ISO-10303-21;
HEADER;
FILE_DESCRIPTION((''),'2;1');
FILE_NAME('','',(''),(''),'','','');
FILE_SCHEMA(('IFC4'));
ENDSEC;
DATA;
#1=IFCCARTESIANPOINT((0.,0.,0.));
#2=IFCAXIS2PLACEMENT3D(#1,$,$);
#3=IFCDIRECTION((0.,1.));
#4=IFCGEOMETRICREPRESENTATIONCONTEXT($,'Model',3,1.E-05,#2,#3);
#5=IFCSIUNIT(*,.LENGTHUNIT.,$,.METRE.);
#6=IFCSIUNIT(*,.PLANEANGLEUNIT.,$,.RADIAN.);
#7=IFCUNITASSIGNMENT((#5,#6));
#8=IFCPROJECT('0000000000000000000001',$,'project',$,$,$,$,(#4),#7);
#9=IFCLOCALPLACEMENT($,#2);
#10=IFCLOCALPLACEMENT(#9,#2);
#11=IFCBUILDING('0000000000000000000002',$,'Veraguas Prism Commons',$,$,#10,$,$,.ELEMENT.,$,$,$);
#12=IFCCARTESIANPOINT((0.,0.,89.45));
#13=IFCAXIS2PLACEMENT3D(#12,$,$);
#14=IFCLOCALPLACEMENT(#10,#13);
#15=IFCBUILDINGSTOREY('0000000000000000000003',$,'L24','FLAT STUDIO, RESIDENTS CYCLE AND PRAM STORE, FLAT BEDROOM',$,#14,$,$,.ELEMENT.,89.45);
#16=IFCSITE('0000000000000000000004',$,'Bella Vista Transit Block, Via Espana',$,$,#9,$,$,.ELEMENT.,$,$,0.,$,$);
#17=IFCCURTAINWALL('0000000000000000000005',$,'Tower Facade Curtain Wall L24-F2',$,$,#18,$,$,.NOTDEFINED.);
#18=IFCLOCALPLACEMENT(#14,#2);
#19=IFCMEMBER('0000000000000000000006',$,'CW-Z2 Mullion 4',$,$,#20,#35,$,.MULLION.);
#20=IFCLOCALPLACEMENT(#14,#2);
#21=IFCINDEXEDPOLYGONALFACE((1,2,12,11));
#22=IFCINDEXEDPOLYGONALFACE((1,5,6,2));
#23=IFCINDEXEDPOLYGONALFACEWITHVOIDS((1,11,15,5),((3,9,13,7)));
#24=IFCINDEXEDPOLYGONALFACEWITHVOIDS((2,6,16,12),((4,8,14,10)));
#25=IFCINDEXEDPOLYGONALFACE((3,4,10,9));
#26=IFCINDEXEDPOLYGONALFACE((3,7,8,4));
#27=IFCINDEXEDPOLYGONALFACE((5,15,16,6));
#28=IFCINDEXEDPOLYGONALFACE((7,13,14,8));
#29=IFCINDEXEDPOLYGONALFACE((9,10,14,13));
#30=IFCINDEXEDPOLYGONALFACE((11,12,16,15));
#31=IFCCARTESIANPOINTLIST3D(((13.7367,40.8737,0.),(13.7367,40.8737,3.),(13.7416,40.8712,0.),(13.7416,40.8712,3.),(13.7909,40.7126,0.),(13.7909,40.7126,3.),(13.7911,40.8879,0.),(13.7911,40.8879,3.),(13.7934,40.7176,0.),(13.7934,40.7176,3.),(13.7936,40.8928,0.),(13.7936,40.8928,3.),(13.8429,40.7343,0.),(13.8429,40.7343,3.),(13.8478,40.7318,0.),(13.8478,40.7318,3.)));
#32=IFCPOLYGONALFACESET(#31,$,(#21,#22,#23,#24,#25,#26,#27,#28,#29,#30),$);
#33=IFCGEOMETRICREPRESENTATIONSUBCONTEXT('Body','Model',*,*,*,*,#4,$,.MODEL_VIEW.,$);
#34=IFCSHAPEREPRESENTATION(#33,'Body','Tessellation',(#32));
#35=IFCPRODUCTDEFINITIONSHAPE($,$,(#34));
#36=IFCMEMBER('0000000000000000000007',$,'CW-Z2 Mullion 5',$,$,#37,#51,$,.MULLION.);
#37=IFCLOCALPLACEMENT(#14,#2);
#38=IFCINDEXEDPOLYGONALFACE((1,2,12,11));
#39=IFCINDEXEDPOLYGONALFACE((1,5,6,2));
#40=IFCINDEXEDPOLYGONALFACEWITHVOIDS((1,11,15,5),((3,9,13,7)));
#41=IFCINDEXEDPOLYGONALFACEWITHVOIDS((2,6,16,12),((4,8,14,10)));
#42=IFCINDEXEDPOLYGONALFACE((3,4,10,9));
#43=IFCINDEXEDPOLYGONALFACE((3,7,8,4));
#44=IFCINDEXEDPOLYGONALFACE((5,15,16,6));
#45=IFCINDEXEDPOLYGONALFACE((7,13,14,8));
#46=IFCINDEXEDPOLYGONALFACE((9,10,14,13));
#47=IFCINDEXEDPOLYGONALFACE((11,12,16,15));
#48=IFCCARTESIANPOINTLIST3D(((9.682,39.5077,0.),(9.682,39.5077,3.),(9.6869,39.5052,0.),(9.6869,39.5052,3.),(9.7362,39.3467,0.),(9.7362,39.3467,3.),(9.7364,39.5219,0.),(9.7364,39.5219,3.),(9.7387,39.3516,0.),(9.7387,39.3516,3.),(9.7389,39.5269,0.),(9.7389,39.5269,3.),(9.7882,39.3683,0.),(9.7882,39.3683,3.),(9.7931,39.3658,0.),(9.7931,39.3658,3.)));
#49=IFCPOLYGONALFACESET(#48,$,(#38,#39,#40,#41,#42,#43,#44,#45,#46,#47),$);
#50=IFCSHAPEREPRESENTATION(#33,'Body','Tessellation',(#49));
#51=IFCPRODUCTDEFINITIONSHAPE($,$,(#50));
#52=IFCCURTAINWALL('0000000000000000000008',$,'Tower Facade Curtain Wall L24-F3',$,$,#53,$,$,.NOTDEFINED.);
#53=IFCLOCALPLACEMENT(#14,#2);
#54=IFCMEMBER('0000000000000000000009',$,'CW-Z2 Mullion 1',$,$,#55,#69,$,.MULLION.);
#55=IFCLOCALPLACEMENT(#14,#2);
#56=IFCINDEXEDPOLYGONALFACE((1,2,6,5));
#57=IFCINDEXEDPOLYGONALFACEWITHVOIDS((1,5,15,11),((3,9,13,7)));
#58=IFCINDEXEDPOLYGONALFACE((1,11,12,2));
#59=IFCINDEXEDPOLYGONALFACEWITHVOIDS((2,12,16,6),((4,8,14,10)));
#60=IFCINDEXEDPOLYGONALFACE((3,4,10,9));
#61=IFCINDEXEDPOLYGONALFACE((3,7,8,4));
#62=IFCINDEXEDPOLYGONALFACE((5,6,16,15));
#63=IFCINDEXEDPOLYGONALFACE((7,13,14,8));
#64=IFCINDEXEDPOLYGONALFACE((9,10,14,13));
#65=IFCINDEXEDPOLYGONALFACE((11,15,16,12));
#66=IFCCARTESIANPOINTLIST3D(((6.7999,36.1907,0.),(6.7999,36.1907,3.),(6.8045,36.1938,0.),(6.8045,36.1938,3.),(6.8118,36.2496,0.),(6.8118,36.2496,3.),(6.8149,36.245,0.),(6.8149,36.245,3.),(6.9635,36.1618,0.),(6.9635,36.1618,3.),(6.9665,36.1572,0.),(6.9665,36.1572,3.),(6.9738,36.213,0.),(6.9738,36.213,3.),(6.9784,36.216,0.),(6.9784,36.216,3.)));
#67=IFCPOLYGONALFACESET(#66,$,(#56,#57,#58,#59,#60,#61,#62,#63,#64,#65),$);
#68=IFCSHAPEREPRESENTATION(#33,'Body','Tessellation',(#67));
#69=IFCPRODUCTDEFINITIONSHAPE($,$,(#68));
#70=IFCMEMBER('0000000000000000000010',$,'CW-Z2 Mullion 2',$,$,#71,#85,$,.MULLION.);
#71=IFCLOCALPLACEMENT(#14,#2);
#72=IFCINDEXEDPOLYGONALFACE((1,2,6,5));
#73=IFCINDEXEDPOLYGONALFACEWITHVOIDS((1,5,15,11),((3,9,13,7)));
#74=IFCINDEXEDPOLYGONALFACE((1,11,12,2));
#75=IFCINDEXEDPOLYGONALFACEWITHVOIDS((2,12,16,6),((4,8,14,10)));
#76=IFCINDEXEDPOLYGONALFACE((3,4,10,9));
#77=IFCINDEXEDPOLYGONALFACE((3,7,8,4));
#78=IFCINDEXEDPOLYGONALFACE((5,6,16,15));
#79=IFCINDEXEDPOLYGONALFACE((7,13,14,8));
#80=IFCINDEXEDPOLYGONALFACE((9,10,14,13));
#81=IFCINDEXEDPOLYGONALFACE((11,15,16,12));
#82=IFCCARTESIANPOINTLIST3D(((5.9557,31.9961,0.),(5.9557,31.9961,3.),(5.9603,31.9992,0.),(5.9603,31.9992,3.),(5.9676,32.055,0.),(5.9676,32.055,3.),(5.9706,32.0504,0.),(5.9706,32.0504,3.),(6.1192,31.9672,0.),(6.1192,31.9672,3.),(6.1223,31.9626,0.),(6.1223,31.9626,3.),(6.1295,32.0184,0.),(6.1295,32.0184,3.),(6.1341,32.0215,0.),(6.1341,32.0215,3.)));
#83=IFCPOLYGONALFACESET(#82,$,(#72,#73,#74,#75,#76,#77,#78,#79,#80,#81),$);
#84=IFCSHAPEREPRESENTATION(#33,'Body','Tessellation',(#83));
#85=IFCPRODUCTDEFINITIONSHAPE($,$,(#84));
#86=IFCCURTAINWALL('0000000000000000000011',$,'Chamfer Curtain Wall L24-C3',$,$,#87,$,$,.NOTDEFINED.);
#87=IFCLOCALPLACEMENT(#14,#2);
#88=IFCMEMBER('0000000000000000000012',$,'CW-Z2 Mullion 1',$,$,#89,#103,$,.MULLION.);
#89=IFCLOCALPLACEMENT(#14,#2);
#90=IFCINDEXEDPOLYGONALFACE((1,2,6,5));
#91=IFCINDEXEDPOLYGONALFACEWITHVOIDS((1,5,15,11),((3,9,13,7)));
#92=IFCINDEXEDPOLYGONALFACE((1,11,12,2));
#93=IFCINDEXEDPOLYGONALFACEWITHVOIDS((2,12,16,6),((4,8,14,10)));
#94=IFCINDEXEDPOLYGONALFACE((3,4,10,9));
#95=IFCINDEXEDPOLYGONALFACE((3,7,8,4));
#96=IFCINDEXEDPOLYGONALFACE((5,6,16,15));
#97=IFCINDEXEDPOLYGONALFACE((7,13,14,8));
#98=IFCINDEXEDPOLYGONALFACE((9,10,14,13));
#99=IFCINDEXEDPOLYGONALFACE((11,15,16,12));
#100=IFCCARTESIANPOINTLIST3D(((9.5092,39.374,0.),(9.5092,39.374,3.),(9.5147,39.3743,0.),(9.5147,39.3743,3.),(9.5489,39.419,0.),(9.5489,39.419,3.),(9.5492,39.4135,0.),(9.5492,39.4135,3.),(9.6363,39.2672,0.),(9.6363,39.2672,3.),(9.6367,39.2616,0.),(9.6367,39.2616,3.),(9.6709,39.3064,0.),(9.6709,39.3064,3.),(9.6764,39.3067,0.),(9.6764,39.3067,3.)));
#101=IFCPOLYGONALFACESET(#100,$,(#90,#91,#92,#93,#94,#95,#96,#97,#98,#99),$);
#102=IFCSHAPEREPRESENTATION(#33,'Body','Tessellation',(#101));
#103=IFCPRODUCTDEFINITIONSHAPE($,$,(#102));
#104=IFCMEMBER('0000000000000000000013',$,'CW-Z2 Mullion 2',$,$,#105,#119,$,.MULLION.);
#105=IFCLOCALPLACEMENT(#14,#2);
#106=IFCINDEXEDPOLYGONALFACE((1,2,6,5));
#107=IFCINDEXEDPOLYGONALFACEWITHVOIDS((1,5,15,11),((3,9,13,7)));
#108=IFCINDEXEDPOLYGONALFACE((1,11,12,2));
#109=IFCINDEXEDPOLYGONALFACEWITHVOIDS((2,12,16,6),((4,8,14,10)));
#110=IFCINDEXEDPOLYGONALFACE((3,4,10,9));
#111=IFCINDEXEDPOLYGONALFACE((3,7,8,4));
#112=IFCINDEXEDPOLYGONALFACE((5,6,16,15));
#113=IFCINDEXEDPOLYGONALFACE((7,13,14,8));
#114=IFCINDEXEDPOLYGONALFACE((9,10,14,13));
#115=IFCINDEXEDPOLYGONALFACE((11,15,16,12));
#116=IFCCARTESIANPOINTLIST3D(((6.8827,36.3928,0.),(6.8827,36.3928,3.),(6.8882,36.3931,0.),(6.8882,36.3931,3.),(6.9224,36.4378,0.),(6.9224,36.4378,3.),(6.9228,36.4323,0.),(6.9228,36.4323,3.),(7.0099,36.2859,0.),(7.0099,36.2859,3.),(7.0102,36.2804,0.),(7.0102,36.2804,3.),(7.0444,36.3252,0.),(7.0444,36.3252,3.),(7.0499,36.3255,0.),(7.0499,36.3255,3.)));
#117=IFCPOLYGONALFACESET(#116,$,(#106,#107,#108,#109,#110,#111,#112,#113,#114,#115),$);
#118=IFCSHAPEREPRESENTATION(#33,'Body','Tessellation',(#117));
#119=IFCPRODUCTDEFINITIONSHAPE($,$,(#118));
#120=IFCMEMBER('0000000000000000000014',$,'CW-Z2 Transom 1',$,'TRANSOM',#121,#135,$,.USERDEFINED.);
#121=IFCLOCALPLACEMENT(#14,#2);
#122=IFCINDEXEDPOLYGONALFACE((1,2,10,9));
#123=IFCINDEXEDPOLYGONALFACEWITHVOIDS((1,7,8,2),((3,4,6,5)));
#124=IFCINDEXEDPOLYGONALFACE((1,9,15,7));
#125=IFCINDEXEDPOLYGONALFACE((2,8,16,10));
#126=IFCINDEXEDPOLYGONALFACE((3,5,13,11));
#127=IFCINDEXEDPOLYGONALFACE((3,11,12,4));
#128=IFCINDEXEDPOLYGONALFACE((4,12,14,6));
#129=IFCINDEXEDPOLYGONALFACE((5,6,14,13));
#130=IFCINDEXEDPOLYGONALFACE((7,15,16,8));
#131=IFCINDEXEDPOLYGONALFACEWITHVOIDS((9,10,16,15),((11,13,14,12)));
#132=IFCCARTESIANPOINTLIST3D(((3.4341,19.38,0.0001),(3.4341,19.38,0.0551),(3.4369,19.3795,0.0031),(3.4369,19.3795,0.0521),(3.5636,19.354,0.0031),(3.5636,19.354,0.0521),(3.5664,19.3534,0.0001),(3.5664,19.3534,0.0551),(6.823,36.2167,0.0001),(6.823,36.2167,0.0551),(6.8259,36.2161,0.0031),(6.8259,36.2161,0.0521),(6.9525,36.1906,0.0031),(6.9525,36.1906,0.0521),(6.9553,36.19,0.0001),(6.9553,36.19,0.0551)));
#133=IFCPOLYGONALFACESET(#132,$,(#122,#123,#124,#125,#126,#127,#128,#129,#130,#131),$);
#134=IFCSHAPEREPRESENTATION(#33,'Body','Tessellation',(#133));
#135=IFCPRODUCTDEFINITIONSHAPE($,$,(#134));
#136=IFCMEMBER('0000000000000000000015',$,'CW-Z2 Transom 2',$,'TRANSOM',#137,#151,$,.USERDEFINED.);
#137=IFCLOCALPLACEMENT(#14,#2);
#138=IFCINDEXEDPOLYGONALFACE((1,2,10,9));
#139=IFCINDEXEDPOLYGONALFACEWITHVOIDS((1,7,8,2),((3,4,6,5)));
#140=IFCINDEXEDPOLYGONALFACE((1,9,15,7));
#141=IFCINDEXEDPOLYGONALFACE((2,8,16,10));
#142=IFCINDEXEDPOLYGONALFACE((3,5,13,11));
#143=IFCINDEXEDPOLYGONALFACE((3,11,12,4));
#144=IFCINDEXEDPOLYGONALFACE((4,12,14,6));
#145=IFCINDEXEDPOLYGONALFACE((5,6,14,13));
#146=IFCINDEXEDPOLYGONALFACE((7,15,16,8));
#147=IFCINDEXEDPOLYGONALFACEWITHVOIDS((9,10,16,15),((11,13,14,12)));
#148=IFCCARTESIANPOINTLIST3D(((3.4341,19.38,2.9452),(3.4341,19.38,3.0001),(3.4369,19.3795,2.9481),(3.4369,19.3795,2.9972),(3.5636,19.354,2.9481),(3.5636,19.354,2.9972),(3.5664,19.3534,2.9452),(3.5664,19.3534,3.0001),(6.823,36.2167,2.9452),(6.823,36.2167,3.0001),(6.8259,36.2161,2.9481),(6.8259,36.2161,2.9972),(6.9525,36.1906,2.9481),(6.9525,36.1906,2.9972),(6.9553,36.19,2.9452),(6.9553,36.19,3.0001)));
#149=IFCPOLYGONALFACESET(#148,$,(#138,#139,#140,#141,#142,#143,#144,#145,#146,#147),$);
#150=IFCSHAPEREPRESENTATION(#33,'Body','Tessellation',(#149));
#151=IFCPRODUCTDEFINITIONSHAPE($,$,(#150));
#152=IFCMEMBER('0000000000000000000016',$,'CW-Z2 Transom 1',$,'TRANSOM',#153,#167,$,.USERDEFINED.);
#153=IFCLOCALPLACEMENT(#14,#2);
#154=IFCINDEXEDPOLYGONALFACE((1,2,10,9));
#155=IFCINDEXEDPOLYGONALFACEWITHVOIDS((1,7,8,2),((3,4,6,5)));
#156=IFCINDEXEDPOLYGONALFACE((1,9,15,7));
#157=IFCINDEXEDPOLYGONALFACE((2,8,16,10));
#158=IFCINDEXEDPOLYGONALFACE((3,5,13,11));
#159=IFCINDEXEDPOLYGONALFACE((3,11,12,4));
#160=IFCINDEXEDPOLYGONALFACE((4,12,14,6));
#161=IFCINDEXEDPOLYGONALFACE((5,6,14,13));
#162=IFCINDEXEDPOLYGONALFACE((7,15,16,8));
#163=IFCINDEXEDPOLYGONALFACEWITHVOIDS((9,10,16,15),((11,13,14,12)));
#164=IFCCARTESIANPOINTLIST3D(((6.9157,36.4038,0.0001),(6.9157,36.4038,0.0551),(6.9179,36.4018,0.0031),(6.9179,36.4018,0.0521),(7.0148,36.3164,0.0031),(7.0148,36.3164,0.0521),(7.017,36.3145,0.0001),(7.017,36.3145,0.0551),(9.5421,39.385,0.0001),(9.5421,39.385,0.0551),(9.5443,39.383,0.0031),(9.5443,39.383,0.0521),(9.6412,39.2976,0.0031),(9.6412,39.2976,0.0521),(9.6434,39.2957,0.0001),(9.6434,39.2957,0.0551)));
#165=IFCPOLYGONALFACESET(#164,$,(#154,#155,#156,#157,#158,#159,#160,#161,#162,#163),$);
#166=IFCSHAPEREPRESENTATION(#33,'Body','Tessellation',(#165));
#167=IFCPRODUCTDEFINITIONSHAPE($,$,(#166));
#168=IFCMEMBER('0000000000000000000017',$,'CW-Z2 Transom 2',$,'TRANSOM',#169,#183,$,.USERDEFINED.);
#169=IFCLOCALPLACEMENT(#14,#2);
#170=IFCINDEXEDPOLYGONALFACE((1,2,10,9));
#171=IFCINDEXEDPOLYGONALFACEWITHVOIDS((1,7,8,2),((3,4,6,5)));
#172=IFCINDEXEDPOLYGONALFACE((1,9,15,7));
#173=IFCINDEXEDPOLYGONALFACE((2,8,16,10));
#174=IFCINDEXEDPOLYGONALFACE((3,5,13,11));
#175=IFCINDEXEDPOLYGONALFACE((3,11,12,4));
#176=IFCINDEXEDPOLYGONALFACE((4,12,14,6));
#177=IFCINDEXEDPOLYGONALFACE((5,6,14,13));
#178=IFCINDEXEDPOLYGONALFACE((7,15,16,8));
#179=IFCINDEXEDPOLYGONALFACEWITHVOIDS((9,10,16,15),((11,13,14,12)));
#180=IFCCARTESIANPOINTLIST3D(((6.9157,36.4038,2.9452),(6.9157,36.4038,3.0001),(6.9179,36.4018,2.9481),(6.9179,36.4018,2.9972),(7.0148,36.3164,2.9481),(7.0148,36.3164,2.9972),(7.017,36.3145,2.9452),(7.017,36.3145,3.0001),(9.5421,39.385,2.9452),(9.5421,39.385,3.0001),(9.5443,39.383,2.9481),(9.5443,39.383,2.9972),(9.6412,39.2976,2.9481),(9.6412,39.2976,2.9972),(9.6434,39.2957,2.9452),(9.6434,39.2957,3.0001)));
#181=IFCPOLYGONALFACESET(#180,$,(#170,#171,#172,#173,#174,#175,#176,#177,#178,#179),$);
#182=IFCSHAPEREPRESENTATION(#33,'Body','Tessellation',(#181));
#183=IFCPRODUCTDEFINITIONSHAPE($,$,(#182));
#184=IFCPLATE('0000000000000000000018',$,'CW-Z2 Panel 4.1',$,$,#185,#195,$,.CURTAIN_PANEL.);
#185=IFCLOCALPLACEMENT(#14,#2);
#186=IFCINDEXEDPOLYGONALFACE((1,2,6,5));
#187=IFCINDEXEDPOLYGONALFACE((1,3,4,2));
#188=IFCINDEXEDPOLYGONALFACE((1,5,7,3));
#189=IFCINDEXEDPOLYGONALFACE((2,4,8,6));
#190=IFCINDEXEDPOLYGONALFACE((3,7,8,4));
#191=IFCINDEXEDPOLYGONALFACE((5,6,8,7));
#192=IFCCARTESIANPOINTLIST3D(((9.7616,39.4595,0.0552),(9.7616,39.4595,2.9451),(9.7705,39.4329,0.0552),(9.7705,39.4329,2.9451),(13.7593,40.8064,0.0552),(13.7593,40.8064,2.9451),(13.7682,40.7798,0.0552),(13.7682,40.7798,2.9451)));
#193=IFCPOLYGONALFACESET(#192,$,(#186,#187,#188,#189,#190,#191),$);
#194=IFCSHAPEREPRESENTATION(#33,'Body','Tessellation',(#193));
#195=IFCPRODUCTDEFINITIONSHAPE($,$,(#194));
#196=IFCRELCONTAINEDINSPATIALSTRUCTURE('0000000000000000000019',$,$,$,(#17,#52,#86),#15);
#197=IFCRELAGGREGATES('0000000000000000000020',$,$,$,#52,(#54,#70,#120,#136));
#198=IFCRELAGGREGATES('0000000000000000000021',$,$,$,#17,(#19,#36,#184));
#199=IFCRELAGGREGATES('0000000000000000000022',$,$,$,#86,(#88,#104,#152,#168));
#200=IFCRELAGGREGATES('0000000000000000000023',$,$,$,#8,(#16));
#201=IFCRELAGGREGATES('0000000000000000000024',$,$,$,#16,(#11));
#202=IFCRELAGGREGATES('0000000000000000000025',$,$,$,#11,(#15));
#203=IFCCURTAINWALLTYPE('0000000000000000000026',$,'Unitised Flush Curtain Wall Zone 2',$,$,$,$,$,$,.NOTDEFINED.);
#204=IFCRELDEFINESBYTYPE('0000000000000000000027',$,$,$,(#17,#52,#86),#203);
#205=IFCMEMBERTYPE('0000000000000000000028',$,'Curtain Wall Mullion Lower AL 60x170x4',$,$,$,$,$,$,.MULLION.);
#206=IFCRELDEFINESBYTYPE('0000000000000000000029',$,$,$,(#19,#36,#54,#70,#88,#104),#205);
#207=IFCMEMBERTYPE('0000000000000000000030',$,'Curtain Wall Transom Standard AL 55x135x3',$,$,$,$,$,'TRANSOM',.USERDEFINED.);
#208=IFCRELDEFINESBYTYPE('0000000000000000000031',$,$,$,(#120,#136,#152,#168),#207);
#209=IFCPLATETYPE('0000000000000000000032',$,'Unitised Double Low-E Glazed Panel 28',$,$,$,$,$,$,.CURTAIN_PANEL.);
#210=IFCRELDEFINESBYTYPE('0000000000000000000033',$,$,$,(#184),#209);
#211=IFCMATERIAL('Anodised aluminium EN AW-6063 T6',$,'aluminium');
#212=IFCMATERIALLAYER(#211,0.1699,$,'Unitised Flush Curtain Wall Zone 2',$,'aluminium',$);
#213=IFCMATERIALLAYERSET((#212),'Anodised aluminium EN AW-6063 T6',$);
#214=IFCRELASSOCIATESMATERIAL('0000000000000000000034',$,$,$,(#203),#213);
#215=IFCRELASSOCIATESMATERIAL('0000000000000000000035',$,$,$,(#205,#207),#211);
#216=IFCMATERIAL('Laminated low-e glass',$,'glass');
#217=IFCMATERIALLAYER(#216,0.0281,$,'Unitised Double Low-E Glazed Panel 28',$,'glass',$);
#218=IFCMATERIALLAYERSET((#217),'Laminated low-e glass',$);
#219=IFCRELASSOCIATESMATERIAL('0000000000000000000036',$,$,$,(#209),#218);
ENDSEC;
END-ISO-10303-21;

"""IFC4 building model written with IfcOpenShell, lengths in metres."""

from ifc_helpers import new_model, si_unit, direction, frame, origin, origin_2d, place, context, subcontext, project, spatial, rectangle, hollow_rectangle, extrude, source, transform, mapped, material, layer, layer_set, material_profile, profile_set, type_object, element, aggregate, save


model = new_model("IFC4")

# Units and contexts
model_context = context("Model", 3, precision=1e-05, world=origin(), true_north=direction((0.0, 1.0)))
body_context = subcontext(model_context, "Body", "Model", "MODEL_VIEW")
ifc_project = project(units=[si_unit("LENGTHUNIT", "METRE"), si_unit("PLANEANGLEUNIT", "RADIAN")], contexts=[model_context])

# Site, building, storey
site_placement = place(None, origin())
site = spatial("IfcSite", under=ifc_project, at=site_placement, Name="Bella Vista Transit Block, Via Espana", CompositionType="ELEMENT", RefElevation=0.0)
building_placement = place(site_placement, origin())
building = spatial("IfcBuilding", under=site, at=building_placement, Name="Veraguas Prism Commons", CompositionType="ELEMENT")
storey_placement = place(building_placement, frame((0.0, 0.0, 89.45)))
storey = spatial("IfcBuildingStorey", under=building, at=storey_placement, Name="L24", Description="FLAT STUDIO, RESIDENTS CYCLE AND PRAM STORE, FLAT BEDROOM", CompositionType="ELEMENT", Elevation=89.45)

# Curtain walls, members
ifc_material_1 = material(Name="Anodised aluminium EN AW-6063 T6", Category="aluminium")
ifc_layer_1 = layer(ifc_material_1, 0.1699, Name="Unitised Flush Curtain Wall Zone 2", Category="aluminium")
ifc_layer_set_1 = layer_set([ifc_layer_1], Name="Anodised aluminium EN AW-6063 T6")
curtain_wall_type = type_object("IfcCurtainWallType", Name="Unitised Flush Curtain Wall Zone 2", PredefinedType="NOTDEFINED", material=ifc_layer_set_1)
curtain_wall_1_placement = place(storey_placement, origin())
curtain_wall_1 = element("IfcCurtainWall", 1, at=curtain_wall_1_placement, inside=storey, type_object=curtain_wall_type, Name="Tower Facade Curtain Wall L24-F2", PredefinedType="NOTDEFINED")
ifc_material_profile_1 = material_profile(ifc_material_1, hollow_rectangle(XDim=0.0601, YDim=0.1699, WallThickness=0.0039, at=origin_2d()), Name="AL60X170X4")
ifc_profile_set_1 = profile_set([ifc_material_profile_1], Name="Anodised aluminium EN AW-6063 T6")
member_type_1 = type_object("IfcMemberType", Name="Curtain Wall Mullion Lower AL 60x170x4", PredefinedType="MULLION", material=ifc_profile_set_1)
shared_shape_1 = source(origin(), body_context, "Body", "SweptSolid", [
    extrude(hollow_rectangle(XDim=0.0601, YDim=0.1699, WallThickness=0.0039, at=origin_2d()), origin(), (0.0, 0.0, 1.0), 3.0),
])
member_1_placement = place(storey_placement, frame((13.7922, 40.8027, 0.0), z_axis=(0.0, 0.0, 1.0), x_axis=(-0.947659, -0.319284, 0.0)))
member_1 = element("IfcMember", 2, at=member_1_placement, type_object=member_type_1, Name="CW-Z2 Mullion 4", PredefinedType="MULLION", context=body_context, shape_type="MappedRepresentation", body=[
    mapped(shared_shape_1, transform((0.0, 0.0, 0.0), scale=1.0)),
])
member_2_placement = place(storey_placement, frame((9.7375, 39.4368, 0.0), z_axis=(0.0, 0.0, 1.0), x_axis=(-0.947659, -0.319284, 0.0)))
member_2 = element("IfcMember", 3, at=member_2_placement, type_object=member_type_1, Name="CW-Z2 Mullion 5", PredefinedType="MULLION", context=body_context, shape_type="MappedRepresentation", body=[
    mapped(shared_shape_1, transform((0.0, 0.0, 0.0), scale=1.0)),
])
curtain_wall_2_placement = place(storey_placement, origin())
curtain_wall_2 = element("IfcCurtainWall", 4, at=curtain_wall_2_placement, inside=storey, type_object=curtain_wall_type, Name="Tower Facade Curtain Wall L24-F3", PredefinedType="NOTDEFINED")
member_3_placement = place(storey_placement, frame((6.8892, 36.2034, 0.0), z_axis=(0.0, 0.0, 1.0), x_axis=(-0.19732, -0.980339, 0.0)))
member_3 = element("IfcMember", 5, at=member_3_placement, type_object=member_type_1, Name="CW-Z2 Mullion 1", PredefinedType="MULLION", context=body_context, shape_type="MappedRepresentation", body=[
    mapped(shared_shape_1, transform((0.0, 0.0, 0.0), scale=1.0)),
])
member_4_placement = place(storey_placement, frame((6.0449, 32.0088, 0.0), z_axis=(0.0, 0.0, 1.0), x_axis=(-0.19732, -0.980339, 0.0)))
member_4 = element("IfcMember", 6, at=member_4_placement, type_object=member_type_1, Name="CW-Z2 Mullion 2", PredefinedType="MULLION", context=body_context, shape_type="MappedRepresentation", body=[
    mapped(shared_shape_1, transform((0.0, 0.0, 0.0), scale=1.0)),
])
curtain_wall_3_placement = place(storey_placement, origin())
curtain_wall_3 = element("IfcCurtainWall", 7, at=curtain_wall_3_placement, inside=storey, type_object=curtain_wall_type, Name="Chamfer Curtain Wall L24-C3", PredefinedType="NOTDEFINED")
member_5_placement = place(storey_placement, frame((9.5928, 39.3403, 0.0), z_axis=(0.0, 0.0, 1.0), x_axis=(-0.661026, -0.750363, 0.0)))
member_5 = element("IfcMember", 8, at=member_5_placement, type_object=member_type_1, Name="CW-Z2 Mullion 1", PredefinedType="MULLION", context=body_context, shape_type="MappedRepresentation", body=[
    mapped(shared_shape_1, transform((0.0, 0.0, 0.0), scale=1.0)),
])
member_6_placement = place(storey_placement, frame((6.9663, 36.3591, 0.0), z_axis=(0.0, 0.0, 1.0), x_axis=(-0.661026, -0.750363, 0.0)))
member_6 = element("IfcMember", 9, at=member_6_placement, type_object=member_type_1, Name="CW-Z2 Mullion 2", PredefinedType="MULLION", context=body_context, shape_type="MappedRepresentation", body=[
    mapped(shared_shape_1, transform((0.0, 0.0, 0.0), scale=1.0)),
])

# Members
ifc_material_profile_2 = material_profile(ifc_material_1, hollow_rectangle(XDim=0.0549, YDim=0.135, WallThickness=0.0029, at=origin_2d()), Name="AL55X135X3")
ifc_profile_set_2 = profile_set([ifc_material_profile_2], Name="Anodised aluminium EN AW-6063 T6")
member_type_2 = type_object("IfcMemberType", Name="Curtain Wall Transom Standard AL 55x135x3", ElementType="TRANSOM", PredefinedType="USERDEFINED", material=ifc_profile_set_2)
shared_shape_2 = source(origin(), body_context, "Body", "SweptSolid", [
    extrude(hollow_rectangle(XDim=0.0549, YDim=0.135, WallThickness=0.0029, at=origin_2d()), origin(), (0.0, 0.0, 1.0), 17.1743),
])
member_7_placement = place(storey_placement, frame((6.8892, 36.2034, 0.0276), z_axis=(-0.197324, -0.980338, 0.0), x_axis=(0.0, 0.0, 1.0)))
member_7 = element("IfcMember", 10, at=member_7_placement, type_object=member_type_2, Name="CW-Z2 Transom 1", ObjectType="TRANSOM", PredefinedType="USERDEFINED", context=body_context, shape_type="MappedRepresentation", body=[
    mapped(shared_shape_2, transform((0.0, 0.0, 0.0), scale=1.0)),
])
member_8_placement = place(storey_placement, frame((6.8892, 36.2034, 2.9727), z_axis=(-0.197324, -0.980338, 0.0), x_axis=(0.0, 0.0, 1.0)))
member_8 = element("IfcMember", 11, at=member_8_placement, type_object=member_type_2, Name="CW-Z2 Transom 2", ObjectType="TRANSOM", PredefinedType="USERDEFINED", context=body_context, shape_type="MappedRepresentation", body=[
    mapped(shared_shape_2, transform((0.0, 0.0, 0.0), scale=1.0)),
])
shared_shape_3 = source(origin(), body_context, "Body", "SweptSolid", [
    extrude(hollow_rectangle(XDim=0.0549, YDim=0.135, WallThickness=0.0029, at=origin_2d()), origin(), (0.0, 0.0, 1.0), 3.9731),
])
member_9_placement = place(storey_placement, frame((9.5928, 39.3403, 0.0276), z_axis=(-0.661054, -0.750338, 0.0), x_axis=(0.0, 0.0, 1.0)))
member_9 = element("IfcMember", 12, at=member_9_placement, type_object=member_type_2, Name="CW-Z2 Transom 1", ObjectType="TRANSOM", PredefinedType="USERDEFINED", context=body_context, shape_type="MappedRepresentation", body=[
    mapped(shared_shape_3, transform((0.0, 0.0, 0.0), scale=1.0)),
])
member_10_placement = place(storey_placement, frame((9.5928, 39.3403, 2.9727), z_axis=(-0.661054, -0.750338, 0.0), x_axis=(0.0, 0.0, 1.0)))
member_10 = element("IfcMember", 13, at=member_10_placement, type_object=member_type_2, Name="CW-Z2 Transom 2", ObjectType="TRANSOM", PredefinedType="USERDEFINED", context=body_context, shape_type="MappedRepresentation", body=[
    mapped(shared_shape_3, transform((0.0, 0.0, 0.0), scale=1.0)),
])

# Plate
ifc_material_2 = material(Name="Laminated low-e glass", Category="glass")
ifc_layer_2 = layer(ifc_material_2, 0.0281, Name="Unitised Double Low-E Glazed Panel 28", Category="glass")
ifc_layer_set_2 = layer_set([ifc_layer_2], Name="Laminated low-e glass")
plate_type = type_object("IfcPlateType", Name="Unitised Double Low-E Glazed Panel 28", PredefinedType="CURTAIN_PANEL", material=ifc_layer_set_2)
shared_shape_4 = source(origin(), body_context, "Body", "SweptSolid", [
    extrude(rectangle(XDim=4.2185, YDim=0.0281, at=origin_2d()), origin(), (0.0, 0.0, 1.0), 2.8899),
])
plate_1_placement = place(storey_placement, frame((11.7649, 40.1196, 0.0552), z_axis=(0.0, 0.0, 1.0), x_axis=(-0.947659, -0.319284, 0.0)))
plate_1 = element("IfcPlate", 14, at=plate_1_placement, type_object=plate_type, Name="CW-Z2 Panel 4.1", PredefinedType="CURTAIN_PANEL", context=body_context, shape_type="MappedRepresentation", body=[
    mapped(shared_shape_4, transform((0.0, 0.0, 0.0), scale=1.0)),
])
aggregate(curtain_wall_2, [member_3, member_4, member_7, member_8])
aggregate(curtain_wall_1, [member_1, member_2, plate_1])
aggregate(curtain_wall_3, [member_5, member_6, member_9, member_10])

save(model, "model.ifc")
